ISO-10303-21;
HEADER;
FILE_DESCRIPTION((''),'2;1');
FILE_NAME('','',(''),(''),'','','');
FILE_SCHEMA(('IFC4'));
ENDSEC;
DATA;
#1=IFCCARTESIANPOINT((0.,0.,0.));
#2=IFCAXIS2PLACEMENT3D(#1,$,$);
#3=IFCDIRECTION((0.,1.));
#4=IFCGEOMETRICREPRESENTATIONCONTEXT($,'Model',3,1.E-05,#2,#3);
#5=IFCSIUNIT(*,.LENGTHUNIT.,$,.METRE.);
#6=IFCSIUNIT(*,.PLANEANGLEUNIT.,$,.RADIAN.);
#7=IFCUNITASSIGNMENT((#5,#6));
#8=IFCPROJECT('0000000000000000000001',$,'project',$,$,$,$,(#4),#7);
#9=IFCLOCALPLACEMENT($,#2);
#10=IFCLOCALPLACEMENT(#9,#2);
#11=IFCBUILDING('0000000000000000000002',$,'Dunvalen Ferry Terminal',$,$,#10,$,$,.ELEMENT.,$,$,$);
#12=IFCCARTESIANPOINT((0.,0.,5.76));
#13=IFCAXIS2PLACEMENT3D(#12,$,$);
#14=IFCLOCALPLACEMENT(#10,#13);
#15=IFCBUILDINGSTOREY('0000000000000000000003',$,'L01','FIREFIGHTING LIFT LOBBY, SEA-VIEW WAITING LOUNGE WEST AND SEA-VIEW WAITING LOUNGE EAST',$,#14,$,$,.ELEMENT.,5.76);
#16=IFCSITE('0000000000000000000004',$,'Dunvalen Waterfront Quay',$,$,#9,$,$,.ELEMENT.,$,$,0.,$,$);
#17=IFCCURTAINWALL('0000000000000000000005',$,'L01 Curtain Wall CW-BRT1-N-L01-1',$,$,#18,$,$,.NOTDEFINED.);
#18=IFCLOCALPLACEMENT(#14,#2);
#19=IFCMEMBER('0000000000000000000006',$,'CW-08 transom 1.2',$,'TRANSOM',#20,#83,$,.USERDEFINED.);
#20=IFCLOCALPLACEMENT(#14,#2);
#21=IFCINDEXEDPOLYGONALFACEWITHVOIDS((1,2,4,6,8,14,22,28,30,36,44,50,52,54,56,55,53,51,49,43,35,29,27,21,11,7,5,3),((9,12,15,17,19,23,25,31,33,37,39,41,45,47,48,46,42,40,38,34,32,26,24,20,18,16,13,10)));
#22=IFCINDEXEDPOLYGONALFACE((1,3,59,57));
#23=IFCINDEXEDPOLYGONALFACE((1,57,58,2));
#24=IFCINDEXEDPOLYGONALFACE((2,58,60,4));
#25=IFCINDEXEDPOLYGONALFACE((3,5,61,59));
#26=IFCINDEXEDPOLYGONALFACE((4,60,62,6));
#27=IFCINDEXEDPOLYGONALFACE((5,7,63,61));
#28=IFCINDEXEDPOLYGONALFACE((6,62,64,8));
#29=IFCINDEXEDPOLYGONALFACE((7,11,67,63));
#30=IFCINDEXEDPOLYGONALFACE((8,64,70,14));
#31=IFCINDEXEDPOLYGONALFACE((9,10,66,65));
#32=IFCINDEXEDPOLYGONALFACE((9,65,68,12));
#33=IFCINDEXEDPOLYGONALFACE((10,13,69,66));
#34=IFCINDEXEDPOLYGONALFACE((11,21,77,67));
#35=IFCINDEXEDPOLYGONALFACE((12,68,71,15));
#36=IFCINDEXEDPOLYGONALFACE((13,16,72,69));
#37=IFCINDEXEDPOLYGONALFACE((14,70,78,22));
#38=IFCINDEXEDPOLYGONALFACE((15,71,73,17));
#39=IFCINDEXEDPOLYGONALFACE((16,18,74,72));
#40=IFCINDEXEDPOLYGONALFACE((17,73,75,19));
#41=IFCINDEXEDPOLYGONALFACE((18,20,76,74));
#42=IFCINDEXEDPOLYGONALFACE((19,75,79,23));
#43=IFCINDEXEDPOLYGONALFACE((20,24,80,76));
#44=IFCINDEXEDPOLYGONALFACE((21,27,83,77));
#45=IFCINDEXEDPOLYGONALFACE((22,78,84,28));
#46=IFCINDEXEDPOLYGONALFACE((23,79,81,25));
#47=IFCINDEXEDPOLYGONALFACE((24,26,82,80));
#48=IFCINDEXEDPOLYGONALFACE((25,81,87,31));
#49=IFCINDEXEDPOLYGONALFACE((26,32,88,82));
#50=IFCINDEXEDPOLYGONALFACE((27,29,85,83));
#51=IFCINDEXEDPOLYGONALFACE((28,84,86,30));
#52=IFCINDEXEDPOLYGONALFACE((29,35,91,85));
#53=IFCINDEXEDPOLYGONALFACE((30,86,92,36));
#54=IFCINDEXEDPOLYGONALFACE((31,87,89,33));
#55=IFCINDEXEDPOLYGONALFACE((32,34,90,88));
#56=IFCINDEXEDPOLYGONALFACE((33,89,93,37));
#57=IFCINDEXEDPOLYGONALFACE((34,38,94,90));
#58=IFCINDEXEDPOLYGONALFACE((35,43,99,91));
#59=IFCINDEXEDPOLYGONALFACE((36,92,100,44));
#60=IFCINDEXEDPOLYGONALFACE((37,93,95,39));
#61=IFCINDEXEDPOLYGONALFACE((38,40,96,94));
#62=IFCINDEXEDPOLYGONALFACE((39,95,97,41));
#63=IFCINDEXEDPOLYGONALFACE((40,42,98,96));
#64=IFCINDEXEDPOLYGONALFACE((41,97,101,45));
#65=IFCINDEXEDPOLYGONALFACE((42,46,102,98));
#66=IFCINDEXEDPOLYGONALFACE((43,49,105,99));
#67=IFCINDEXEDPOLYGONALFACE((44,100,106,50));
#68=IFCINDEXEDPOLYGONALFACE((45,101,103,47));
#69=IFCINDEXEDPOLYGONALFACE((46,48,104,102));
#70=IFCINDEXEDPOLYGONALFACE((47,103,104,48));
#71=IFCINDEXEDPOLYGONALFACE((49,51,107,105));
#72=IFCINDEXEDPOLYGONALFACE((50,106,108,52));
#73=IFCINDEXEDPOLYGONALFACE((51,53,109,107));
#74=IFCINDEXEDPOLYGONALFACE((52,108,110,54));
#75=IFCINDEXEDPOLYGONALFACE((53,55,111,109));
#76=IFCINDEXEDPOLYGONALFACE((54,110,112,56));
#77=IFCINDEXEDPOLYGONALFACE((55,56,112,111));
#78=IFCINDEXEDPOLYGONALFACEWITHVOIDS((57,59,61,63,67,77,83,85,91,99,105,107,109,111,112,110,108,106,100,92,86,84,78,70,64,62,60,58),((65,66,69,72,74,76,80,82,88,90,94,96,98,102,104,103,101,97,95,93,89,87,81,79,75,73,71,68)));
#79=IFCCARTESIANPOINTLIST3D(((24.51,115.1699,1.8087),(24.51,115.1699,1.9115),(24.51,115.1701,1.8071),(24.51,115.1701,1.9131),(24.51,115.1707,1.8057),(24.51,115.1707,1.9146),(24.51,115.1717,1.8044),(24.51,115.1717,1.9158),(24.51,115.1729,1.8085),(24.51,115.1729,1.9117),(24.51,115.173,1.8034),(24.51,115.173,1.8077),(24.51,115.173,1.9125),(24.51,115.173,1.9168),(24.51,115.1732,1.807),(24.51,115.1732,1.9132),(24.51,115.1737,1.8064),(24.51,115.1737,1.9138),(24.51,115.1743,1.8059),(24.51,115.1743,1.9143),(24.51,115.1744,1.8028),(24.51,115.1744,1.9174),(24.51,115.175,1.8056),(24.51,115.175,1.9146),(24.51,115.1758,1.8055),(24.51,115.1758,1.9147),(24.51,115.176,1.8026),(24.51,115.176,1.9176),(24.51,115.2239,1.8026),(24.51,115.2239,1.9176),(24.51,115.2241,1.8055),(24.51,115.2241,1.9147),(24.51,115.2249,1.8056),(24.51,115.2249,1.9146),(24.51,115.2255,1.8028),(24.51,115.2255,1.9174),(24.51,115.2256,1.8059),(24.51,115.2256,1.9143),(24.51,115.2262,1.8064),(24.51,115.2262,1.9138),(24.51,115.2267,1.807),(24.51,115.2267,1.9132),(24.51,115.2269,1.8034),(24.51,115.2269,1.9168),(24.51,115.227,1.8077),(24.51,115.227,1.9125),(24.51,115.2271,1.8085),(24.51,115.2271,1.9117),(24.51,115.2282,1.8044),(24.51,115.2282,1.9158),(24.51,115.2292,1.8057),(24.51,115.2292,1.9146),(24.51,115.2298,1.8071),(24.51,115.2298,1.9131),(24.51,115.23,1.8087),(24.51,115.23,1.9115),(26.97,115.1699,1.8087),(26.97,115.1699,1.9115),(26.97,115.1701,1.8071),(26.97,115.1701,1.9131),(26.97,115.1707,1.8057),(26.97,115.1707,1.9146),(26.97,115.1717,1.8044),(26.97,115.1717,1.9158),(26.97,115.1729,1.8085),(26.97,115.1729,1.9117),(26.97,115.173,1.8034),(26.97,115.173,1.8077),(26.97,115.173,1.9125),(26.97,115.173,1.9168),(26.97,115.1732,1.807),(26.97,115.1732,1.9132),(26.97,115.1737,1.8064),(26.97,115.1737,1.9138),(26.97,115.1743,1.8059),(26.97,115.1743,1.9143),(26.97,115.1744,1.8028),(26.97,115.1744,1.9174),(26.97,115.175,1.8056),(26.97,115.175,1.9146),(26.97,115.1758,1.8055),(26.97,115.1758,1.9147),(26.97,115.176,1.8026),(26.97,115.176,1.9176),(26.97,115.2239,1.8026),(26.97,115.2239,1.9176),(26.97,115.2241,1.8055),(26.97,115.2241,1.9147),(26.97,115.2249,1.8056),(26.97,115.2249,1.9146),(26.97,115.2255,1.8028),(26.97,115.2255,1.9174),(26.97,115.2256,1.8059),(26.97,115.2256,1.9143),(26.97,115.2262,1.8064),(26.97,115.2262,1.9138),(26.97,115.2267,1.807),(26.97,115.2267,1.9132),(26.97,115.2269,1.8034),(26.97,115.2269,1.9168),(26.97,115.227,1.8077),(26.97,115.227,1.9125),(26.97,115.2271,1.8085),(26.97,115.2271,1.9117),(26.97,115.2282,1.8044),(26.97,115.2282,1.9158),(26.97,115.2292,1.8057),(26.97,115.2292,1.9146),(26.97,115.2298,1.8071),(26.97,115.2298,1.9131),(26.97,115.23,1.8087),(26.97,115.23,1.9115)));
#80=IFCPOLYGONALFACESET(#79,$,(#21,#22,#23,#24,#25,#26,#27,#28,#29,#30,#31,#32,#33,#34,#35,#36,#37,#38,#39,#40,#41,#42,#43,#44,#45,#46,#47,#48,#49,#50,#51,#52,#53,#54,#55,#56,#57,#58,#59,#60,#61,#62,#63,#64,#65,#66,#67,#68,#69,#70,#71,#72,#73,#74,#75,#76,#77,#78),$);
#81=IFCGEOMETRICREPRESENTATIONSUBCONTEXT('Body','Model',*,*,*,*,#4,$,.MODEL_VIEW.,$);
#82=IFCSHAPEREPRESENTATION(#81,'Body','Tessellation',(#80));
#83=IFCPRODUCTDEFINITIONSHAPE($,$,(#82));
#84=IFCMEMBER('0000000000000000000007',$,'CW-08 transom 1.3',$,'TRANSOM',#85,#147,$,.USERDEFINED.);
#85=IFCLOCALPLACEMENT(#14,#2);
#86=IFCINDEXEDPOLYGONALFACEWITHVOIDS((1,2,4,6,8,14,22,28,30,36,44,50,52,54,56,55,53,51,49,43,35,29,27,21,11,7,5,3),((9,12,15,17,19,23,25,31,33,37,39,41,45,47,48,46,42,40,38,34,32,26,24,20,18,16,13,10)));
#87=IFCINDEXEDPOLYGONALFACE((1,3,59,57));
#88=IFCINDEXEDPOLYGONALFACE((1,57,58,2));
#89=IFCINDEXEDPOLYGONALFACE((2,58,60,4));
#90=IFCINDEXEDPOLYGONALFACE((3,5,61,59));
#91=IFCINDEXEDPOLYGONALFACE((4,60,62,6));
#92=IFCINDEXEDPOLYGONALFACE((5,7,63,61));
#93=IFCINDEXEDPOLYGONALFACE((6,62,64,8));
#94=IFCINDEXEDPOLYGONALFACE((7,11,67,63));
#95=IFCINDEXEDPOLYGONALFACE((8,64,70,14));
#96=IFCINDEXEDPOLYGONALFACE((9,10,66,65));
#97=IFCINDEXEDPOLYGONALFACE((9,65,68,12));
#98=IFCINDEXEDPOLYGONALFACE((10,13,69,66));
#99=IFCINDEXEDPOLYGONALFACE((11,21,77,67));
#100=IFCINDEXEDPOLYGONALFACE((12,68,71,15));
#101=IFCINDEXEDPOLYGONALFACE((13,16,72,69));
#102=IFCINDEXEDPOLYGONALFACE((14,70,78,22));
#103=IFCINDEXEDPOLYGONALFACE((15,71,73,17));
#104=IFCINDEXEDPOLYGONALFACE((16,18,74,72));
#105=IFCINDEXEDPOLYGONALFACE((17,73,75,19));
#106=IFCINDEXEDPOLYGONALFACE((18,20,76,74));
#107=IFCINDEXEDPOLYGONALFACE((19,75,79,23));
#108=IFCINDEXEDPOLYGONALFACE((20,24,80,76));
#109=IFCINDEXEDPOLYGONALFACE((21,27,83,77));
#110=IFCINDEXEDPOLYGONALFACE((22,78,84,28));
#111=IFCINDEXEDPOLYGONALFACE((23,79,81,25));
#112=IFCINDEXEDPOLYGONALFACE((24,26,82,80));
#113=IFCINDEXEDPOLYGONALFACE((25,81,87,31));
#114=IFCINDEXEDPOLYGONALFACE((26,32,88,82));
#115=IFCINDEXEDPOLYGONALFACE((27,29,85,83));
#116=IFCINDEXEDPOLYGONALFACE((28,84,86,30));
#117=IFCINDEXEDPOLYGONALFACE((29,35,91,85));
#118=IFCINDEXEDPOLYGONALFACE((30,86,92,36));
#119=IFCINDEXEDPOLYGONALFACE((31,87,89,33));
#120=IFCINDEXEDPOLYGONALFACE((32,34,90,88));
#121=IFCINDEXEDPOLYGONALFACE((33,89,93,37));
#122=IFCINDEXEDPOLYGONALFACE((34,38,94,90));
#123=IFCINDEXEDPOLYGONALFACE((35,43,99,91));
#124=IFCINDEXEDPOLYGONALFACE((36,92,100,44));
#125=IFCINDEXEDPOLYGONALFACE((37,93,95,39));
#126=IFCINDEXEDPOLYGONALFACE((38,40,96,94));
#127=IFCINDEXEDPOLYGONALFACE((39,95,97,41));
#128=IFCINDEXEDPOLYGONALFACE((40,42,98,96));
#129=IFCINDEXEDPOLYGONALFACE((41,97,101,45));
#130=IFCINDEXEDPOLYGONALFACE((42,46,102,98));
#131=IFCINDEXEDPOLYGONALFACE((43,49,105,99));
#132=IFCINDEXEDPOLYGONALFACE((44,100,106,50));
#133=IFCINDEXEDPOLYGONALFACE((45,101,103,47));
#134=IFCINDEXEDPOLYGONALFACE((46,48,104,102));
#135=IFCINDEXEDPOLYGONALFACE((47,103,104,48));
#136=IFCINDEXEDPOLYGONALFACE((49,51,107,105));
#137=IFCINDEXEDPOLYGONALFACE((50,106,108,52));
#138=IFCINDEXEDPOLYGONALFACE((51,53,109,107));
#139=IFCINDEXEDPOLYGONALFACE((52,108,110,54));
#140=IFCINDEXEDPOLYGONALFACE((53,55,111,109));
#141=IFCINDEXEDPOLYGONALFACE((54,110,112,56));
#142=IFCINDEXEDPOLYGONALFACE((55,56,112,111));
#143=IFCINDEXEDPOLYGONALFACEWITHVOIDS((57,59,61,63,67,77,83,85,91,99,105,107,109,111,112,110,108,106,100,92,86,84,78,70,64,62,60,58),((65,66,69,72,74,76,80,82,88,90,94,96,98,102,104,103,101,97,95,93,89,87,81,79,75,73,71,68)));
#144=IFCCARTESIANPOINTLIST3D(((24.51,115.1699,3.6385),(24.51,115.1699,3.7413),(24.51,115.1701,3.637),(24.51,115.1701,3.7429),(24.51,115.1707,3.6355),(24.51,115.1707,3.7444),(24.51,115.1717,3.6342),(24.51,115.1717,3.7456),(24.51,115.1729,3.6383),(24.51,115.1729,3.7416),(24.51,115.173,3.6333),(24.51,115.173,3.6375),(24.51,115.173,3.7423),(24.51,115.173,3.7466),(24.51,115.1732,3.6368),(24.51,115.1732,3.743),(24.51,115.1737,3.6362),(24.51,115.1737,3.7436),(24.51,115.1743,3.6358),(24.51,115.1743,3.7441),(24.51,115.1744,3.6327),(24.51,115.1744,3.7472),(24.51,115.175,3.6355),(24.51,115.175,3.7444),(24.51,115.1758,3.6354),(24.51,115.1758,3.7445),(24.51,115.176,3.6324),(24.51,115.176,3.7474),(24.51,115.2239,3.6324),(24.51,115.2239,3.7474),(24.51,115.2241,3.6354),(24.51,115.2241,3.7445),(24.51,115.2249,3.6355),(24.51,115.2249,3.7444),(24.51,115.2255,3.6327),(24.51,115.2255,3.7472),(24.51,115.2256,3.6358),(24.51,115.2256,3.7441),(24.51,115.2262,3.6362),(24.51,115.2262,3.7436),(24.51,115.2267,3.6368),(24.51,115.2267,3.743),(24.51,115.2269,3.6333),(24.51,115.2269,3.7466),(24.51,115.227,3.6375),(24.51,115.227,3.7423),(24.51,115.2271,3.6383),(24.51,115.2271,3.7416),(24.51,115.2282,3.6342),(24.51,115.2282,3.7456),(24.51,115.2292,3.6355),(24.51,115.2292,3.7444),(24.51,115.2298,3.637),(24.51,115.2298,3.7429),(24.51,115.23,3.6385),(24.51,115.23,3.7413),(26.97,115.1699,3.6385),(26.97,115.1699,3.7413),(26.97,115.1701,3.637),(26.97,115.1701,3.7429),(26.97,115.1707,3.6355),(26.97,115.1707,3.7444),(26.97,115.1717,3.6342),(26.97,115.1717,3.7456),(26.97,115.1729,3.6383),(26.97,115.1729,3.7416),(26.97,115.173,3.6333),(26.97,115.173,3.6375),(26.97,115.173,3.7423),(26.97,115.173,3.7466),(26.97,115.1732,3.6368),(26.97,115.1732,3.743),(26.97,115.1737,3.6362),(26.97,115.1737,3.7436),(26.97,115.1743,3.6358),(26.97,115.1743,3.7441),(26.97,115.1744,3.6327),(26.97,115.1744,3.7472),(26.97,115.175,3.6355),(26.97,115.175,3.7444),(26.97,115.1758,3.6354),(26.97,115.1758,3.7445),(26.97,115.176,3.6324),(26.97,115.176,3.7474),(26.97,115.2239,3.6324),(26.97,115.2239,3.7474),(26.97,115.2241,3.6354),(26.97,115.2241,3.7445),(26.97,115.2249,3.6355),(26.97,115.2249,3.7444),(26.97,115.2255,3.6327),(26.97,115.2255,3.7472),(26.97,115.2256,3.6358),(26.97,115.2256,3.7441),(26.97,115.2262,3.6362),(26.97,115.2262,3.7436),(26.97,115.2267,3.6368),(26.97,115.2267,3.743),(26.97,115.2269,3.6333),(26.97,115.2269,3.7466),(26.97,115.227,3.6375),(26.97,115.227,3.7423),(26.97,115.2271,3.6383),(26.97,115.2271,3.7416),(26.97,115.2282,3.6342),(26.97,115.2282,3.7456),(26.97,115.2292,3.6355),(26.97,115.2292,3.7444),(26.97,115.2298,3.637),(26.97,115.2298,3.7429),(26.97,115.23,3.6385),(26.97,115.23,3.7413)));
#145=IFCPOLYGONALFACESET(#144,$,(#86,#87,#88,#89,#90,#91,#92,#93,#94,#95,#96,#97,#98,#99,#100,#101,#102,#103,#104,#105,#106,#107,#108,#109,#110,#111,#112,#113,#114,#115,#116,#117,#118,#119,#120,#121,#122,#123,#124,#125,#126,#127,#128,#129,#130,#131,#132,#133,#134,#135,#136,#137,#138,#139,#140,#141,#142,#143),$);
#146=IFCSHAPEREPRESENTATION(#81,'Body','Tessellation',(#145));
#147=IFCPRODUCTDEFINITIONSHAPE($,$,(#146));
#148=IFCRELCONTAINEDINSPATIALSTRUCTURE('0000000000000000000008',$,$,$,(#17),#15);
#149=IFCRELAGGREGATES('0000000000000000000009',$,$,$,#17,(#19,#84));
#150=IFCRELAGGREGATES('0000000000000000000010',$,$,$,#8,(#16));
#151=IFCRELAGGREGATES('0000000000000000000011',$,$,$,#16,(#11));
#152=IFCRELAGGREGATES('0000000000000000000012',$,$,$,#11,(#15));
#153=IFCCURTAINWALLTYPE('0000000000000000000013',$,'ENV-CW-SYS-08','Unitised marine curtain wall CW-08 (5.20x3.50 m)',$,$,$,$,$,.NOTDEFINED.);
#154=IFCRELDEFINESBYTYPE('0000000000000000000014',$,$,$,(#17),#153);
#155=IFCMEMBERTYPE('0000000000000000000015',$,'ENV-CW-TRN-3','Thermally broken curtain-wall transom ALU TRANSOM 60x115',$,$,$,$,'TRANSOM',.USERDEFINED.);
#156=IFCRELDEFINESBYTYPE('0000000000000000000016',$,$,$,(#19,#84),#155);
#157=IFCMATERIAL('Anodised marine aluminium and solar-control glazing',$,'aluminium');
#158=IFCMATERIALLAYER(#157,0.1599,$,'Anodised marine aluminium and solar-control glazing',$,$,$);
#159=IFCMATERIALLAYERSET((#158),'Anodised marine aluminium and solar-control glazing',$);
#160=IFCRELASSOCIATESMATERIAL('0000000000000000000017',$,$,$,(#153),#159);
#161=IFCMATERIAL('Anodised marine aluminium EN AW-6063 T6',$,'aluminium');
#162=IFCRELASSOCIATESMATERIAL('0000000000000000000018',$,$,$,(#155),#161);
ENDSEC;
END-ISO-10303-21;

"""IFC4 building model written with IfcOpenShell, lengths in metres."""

from ifc_helpers import new_model, si_unit, direction, frame, origin, origin_2d, place, context, subcontext, project, spatial, hollow_rectangle, extrude, material, layer, layer_set, material_profile, profile_set, type_object, element, aggregate, save


model = new_model("IFC4")

# Units and contexts
model_context = context("Model", 3, precision=1e-05, world=origin(), true_north=direction((0.0, 1.0)))
body_context = subcontext(model_context, "Body", "Model", "MODEL_VIEW")
ifc_project = project(units=[si_unit("LENGTHUNIT", "METRE"), si_unit("PLANEANGLEUNIT", "RADIAN")], contexts=[model_context])

# Site, building, storey
site_placement = place(None, origin())
site = spatial("IfcSite", under=ifc_project, at=site_placement, Name="Dunvalen Waterfront Quay", CompositionType="ELEMENT", RefElevation=0.0)
building_placement = place(site_placement, origin())
building = spatial("IfcBuilding", under=site, at=building_placement, Name="Dunvalen Ferry Terminal", CompositionType="ELEMENT")
storey_placement = place(building_placement, frame((0.0, 0.0, 5.76)))
storey = spatial("IfcBuildingStorey", under=building, at=storey_placement, Name="L01", Description="FIREFIGHTING LIFT LOBBY, SEA-VIEW WAITING LOUNGE WEST AND SEA-VIEW WAITING LOUNGE EAST", CompositionType="ELEMENT", Elevation=5.76)

# Curtain wall
ifc_material_1 = material(Name="Anodised marine aluminium and solar-control glazing", Category="aluminium")
ifc_layer_1 = layer(ifc_material_1, 0.1599, Name="Anodised marine aluminium and solar-control glazing")
ifc_layer_set_1 = layer_set([ifc_layer_1], Name="Anodised marine aluminium and solar-control glazing")
curtain_wall_type = type_object("IfcCurtainWallType", Name="ENV-CW-SYS-08", Description="Unitised marine curtain wall CW-08 (5.20x3.50 m)", PredefinedType="NOTDEFINED", material=ifc_layer_set_1)
curtain_wall_1_placement = place(storey_placement, origin())
curtain_wall_1 = element("IfcCurtainWall", 1, at=curtain_wall_1_placement, inside=storey, type_object=curtain_wall_type, Name="L01 Curtain Wall CW-BRT1-N-L01-1", PredefinedType="NOTDEFINED")
ifc_material_2 = material(Name="Anodised marine aluminium EN AW-6063 T6", Category="aluminium")

# Members
ifc_material_profile_1 = material_profile(ifc_material_2, hollow_rectangle(XDim=0.0601, YDim=0.115, WallThickness=0.0029, InnerFilletRadius=0.0029, OuterFilletRadius=0.0061, at=origin_2d()), Name="Anodised marine aluminium EN AW-6063 T6")
ifc_profile_set_1 = profile_set([ifc_material_profile_1], Name="Anodised marine aluminium EN AW-6063 T6")
member_type_1 = type_object("IfcMemberType", Name="ENV-CW-TRN-3", Description="Thermally broken curtain-wall transom ALU TRANSOM 60x115", ElementType="TRANSOM", PredefinedType="USERDEFINED", material=ifc_profile_set_1)
member_1_placement = place(storey_placement, frame((24.51, 115.2, 1.8601), z_axis=(1.0, 0.0, 0.0), x_axis=(0.0, 1.0, 0.0)))
member_1 = element("IfcMember", 2, at=member_1_placement, type_object=member_type_1, Name="CW-08 transom 1.2", ObjectType="TRANSOM", PredefinedType="USERDEFINED", context=body_context, shape_type="SweptSolid", body=[
    extrude(hollow_rectangle(XDim=0.0601, YDim=0.115, WallThickness=0.0029, InnerFilletRadius=0.0029, OuterFilletRadius=0.0061, at=origin_2d()), origin(), (0.0, 0.0, 1.0), 2.46),
])
member_2_placement = place(storey_placement, frame((24.51, 115.2, 3.6899), z_axis=(1.0, 0.0, 0.0), x_axis=(0.0, 1.0, 0.0)))
member_2 = element("IfcMember", 3, at=member_2_placement, type_object=member_type_1, Name="CW-08 transom 1.3", ObjectType="TRANSOM", PredefinedType="USERDEFINED", context=body_context, shape_type="SweptSolid", body=[
    extrude(hollow_rectangle(XDim=0.0601, YDim=0.115, WallThickness=0.0029, InnerFilletRadius=0.0029, OuterFilletRadius=0.0061, at=origin_2d()), origin(), (0.0, 0.0, 1.0), 2.46),
])

aggregate(curtain_wall_1, [member_1, member_2])

save(model, "model.ifc")
